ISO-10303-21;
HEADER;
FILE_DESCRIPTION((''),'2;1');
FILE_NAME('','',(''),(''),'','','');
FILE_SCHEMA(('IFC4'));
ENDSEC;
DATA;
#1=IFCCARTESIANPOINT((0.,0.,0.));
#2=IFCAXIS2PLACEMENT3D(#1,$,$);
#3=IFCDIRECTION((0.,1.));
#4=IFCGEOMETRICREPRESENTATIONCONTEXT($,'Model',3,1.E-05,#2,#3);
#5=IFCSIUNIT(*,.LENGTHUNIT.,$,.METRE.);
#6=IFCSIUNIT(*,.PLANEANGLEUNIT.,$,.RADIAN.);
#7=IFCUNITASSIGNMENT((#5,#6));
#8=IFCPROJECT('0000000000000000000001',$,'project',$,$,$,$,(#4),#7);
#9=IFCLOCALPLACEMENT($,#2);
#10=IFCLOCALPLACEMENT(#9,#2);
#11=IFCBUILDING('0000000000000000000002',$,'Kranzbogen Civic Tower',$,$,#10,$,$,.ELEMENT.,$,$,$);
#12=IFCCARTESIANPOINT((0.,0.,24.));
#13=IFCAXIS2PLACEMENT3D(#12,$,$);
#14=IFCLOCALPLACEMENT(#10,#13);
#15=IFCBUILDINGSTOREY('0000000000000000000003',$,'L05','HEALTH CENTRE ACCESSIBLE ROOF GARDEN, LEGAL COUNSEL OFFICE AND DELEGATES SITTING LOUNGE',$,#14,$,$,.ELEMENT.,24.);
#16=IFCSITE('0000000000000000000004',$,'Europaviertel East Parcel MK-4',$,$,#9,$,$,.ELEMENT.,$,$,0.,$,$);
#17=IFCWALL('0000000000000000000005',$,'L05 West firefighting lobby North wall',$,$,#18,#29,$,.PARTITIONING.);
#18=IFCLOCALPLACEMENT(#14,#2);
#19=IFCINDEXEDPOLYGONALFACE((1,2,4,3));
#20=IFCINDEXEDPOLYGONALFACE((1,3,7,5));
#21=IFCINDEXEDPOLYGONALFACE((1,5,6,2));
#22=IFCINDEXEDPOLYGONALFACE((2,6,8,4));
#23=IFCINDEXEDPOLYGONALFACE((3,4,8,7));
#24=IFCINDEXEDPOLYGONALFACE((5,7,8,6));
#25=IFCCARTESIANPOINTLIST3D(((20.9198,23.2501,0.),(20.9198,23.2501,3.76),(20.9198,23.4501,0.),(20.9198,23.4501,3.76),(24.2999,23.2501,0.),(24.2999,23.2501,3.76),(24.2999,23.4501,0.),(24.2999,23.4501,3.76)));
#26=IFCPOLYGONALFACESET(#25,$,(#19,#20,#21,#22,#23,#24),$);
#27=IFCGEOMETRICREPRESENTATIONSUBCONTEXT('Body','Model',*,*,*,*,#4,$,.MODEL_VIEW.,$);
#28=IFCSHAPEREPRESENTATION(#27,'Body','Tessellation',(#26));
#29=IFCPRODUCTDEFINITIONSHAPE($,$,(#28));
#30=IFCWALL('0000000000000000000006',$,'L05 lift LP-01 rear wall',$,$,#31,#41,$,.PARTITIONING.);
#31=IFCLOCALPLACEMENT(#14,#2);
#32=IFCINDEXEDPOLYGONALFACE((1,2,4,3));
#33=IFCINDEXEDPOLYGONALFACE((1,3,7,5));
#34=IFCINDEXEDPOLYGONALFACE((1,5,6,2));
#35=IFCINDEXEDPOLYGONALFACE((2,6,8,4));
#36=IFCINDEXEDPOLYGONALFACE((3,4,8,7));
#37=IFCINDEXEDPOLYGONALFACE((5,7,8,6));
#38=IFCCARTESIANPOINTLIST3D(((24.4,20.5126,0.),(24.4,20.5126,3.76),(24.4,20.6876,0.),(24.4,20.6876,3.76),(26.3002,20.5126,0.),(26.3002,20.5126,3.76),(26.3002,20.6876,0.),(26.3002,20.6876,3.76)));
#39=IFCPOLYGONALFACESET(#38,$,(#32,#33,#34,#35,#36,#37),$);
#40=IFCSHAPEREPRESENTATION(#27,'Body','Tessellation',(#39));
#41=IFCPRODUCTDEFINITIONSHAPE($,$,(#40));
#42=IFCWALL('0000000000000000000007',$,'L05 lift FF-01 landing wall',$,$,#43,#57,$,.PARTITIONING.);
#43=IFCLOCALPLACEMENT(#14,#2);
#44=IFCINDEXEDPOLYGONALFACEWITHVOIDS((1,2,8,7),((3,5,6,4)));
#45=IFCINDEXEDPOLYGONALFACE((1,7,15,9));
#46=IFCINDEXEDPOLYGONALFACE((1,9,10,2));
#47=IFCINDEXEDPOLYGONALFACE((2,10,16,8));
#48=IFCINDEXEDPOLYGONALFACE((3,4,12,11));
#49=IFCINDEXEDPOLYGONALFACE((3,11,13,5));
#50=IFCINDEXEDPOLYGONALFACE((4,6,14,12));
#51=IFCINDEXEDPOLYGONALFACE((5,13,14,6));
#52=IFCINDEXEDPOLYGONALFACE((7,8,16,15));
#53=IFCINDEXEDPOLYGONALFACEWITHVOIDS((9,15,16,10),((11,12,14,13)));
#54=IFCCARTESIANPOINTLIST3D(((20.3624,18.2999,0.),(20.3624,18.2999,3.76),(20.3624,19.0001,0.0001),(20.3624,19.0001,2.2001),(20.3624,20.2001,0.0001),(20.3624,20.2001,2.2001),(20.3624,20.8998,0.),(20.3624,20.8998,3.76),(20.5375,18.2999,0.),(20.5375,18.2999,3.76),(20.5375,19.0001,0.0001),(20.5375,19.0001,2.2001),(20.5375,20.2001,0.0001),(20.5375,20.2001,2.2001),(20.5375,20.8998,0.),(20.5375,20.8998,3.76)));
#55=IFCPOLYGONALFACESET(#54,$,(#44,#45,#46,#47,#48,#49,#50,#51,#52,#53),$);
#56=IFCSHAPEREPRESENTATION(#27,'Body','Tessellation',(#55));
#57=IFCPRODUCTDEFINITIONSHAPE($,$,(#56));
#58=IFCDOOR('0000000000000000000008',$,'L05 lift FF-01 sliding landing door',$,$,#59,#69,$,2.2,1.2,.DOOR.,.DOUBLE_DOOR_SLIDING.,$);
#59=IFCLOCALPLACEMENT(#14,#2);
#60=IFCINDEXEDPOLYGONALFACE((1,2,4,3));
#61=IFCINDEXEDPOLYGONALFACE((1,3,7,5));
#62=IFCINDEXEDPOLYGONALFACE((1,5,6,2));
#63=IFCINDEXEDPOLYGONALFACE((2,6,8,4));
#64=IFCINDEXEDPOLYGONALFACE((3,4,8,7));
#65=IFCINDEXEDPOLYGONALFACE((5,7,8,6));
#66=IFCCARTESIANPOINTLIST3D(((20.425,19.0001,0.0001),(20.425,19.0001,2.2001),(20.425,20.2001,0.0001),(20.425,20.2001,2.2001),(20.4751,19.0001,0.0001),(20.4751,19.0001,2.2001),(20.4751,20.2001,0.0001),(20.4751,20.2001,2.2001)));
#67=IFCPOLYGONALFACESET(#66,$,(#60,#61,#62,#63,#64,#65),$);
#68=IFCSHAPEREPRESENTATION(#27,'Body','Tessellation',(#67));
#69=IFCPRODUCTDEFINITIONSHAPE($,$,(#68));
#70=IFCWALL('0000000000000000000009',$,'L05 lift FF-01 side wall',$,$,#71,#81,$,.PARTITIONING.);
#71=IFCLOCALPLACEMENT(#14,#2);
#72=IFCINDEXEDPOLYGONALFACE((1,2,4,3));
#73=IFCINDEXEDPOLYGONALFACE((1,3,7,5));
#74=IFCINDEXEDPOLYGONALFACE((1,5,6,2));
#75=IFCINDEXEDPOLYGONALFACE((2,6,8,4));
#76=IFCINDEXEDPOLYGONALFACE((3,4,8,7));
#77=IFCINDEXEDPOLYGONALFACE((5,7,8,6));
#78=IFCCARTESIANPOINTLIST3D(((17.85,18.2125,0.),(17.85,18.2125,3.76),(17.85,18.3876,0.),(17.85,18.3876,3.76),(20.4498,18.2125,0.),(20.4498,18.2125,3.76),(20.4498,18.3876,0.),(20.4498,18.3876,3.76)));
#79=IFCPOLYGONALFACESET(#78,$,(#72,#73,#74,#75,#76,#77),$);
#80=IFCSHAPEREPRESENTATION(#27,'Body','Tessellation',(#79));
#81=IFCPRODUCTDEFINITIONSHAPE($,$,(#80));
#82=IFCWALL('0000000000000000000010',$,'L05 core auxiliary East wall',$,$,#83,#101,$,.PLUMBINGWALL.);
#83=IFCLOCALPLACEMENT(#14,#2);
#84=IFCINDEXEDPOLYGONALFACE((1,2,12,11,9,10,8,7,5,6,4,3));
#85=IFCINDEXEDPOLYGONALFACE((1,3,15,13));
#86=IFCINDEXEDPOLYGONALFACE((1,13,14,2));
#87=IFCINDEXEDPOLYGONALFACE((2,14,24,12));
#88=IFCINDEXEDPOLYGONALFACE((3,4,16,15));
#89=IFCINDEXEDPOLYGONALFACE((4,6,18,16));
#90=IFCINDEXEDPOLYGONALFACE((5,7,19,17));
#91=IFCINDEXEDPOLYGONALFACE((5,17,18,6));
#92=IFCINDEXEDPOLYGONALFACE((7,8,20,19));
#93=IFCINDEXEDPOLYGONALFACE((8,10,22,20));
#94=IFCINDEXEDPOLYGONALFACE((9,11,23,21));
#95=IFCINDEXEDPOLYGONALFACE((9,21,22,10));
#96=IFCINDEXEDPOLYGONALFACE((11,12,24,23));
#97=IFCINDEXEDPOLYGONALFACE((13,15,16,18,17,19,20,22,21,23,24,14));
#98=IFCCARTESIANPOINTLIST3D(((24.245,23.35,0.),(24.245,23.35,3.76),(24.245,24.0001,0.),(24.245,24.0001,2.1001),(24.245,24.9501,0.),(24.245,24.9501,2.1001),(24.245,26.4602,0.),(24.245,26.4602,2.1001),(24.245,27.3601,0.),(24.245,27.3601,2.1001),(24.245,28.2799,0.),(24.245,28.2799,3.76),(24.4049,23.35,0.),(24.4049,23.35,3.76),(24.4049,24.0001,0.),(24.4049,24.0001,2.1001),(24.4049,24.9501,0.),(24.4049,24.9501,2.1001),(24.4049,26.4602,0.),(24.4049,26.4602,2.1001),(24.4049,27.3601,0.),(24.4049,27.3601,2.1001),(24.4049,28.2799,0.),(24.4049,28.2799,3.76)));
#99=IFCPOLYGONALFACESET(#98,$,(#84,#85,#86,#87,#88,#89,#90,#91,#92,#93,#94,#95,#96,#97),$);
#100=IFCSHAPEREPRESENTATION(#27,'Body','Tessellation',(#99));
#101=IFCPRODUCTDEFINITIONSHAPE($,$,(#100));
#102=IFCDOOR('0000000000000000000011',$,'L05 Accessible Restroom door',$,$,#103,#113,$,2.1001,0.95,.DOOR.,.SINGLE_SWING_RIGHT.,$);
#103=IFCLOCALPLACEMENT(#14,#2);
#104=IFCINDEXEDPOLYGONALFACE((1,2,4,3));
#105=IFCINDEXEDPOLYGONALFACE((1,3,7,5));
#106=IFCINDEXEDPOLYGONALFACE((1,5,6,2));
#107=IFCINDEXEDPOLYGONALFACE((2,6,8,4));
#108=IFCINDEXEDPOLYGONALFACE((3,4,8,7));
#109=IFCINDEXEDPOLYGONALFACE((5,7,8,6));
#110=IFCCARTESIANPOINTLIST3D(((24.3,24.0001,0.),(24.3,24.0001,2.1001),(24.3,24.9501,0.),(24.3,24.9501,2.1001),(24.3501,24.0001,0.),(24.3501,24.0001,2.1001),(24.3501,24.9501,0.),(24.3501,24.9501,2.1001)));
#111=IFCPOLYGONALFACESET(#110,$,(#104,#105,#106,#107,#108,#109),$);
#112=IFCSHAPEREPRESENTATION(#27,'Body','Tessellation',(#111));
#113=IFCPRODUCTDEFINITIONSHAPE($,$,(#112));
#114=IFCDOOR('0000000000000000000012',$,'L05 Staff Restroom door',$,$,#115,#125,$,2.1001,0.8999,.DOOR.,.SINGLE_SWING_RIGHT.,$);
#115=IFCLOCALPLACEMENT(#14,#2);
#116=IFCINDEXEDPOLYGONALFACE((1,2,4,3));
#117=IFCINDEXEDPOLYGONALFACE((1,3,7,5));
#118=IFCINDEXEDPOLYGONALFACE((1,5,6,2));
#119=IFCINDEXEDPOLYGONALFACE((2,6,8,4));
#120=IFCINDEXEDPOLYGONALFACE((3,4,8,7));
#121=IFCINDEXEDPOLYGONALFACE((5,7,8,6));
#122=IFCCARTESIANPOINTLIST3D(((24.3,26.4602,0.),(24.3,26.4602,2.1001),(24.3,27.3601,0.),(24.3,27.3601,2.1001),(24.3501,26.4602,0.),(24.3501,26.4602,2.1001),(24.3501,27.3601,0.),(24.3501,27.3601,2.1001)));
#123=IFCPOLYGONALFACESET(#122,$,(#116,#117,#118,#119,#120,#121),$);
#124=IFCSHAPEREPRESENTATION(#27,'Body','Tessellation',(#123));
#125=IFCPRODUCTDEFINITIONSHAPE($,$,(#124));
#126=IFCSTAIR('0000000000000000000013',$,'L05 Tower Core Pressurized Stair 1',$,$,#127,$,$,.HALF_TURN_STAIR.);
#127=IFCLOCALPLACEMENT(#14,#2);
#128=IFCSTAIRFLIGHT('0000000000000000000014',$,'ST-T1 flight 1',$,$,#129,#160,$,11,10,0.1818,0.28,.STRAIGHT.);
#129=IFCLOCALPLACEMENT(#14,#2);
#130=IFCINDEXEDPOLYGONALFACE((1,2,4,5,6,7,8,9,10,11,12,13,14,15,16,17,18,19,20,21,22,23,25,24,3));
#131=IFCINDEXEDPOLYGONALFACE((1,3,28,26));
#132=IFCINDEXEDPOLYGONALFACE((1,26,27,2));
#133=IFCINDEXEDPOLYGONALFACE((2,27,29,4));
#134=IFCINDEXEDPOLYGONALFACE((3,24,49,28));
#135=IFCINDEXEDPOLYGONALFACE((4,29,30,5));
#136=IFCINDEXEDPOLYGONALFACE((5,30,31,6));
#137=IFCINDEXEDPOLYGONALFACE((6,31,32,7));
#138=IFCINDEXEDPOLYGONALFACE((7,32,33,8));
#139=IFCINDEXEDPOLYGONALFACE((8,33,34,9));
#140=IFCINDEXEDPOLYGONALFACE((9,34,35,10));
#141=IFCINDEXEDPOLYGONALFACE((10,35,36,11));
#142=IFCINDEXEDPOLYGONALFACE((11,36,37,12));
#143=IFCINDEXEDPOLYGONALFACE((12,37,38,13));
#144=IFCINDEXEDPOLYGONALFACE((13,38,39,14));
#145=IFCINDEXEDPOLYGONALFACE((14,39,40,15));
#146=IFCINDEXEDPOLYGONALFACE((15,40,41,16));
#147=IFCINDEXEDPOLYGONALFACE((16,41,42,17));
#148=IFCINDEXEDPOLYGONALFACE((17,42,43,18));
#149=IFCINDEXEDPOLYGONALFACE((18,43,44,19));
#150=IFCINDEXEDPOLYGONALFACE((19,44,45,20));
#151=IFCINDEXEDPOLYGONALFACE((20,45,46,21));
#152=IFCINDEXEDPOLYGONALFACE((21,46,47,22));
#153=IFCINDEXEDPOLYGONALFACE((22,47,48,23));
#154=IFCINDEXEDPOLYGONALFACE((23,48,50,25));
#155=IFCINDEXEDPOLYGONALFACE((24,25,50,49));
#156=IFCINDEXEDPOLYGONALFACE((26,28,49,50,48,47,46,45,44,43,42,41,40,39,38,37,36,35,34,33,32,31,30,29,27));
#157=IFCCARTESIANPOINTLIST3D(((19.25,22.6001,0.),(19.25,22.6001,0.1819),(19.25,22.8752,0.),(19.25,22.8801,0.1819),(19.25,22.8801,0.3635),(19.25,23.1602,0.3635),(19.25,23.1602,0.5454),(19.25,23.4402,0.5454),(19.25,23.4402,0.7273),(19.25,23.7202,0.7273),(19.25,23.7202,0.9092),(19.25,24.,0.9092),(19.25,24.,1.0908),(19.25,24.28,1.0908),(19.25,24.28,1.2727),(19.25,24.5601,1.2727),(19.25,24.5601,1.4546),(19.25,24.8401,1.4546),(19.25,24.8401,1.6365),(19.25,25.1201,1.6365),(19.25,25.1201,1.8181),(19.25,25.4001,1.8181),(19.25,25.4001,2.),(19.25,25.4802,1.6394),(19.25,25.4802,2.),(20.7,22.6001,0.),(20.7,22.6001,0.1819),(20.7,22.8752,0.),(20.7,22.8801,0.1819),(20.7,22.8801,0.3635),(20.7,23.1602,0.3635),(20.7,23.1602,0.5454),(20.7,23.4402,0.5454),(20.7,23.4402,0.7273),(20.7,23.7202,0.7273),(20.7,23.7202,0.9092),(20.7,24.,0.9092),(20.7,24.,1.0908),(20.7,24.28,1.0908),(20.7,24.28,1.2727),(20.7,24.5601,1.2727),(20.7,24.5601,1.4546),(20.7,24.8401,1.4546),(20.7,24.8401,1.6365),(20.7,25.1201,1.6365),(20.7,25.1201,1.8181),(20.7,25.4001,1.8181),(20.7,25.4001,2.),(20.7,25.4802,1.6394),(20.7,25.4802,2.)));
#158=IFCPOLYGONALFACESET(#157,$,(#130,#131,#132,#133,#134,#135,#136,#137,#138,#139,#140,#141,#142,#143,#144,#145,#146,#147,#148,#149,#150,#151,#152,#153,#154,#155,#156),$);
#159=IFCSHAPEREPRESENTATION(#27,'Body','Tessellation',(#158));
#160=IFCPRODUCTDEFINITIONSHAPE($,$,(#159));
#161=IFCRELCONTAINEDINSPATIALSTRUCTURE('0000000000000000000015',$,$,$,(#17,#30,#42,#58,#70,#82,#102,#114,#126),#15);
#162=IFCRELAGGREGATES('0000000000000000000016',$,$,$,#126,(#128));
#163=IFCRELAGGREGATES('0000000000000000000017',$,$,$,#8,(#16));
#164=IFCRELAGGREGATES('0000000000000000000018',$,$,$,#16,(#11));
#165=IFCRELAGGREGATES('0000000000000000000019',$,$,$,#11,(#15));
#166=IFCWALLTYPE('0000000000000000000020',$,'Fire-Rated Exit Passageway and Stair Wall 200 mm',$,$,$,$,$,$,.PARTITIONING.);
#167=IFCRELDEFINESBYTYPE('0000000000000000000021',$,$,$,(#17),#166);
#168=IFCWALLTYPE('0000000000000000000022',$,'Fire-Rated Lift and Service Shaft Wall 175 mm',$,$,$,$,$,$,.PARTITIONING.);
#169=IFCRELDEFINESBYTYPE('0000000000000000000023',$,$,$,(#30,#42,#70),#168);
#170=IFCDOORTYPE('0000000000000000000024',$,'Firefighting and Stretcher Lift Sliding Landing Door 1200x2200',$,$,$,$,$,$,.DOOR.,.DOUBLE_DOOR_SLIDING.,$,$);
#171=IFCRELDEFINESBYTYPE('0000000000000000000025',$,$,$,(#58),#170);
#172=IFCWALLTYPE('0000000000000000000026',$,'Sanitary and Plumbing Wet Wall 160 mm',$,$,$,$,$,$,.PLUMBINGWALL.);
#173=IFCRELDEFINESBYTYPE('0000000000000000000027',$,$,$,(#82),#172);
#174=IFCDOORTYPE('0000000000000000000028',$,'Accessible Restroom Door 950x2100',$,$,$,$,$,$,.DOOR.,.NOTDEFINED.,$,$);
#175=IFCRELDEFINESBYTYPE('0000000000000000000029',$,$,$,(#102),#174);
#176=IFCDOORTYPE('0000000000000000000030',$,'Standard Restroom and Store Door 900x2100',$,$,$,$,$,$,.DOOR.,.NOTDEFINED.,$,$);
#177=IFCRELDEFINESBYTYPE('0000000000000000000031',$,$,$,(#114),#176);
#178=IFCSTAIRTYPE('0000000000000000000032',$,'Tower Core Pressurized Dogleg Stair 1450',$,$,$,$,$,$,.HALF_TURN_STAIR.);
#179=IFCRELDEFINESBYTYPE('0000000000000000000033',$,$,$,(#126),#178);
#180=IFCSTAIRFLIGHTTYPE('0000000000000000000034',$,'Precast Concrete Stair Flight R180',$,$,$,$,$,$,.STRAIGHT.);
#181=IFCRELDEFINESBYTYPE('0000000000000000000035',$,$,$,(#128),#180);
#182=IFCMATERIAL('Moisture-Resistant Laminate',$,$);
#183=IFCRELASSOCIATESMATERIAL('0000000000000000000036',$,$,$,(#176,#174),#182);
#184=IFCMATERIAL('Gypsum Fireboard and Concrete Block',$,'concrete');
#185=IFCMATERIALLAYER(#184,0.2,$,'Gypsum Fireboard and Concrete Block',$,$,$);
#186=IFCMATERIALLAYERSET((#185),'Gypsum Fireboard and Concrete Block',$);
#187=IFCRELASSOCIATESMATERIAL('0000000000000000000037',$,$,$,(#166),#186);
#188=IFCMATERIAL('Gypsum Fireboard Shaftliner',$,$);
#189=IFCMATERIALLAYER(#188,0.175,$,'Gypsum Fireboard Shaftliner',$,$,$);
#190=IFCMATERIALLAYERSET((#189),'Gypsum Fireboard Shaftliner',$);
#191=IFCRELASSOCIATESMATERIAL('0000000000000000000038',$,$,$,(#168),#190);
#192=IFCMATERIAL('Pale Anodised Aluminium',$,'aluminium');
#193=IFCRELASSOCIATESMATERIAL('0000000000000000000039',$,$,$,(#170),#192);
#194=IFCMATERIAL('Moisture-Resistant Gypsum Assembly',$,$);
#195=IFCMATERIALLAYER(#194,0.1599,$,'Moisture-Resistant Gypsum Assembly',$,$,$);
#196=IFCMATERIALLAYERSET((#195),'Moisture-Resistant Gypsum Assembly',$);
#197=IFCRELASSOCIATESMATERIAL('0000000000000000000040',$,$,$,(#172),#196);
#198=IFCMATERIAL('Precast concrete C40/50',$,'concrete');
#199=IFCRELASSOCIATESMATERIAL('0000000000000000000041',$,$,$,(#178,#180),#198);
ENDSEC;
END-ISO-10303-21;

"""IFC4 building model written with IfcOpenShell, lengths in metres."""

from ifc_helpers import new_model, si_unit, direction, frame, frame_2d, origin, place, context, subcontext, project, spatial, polyline, rectangle, outline, extrude, material, layer, layer_set, type_object, element, fill, aggregate, save


model = new_model("IFC4")

# Units and contexts
model_context = context("Model", 3, precision=1e-05, world=origin(), true_north=direction((0.0, 1.0)))
body_context = subcontext(model_context, "Body", "Model", "MODEL_VIEW")
ifc_project = project(units=[si_unit("LENGTHUNIT", "METRE"), si_unit("PLANEANGLEUNIT", "RADIAN")], contexts=[model_context])

# Site, building, storey
site_placement = place(None, origin())
site = spatial("IfcSite", under=ifc_project, at=site_placement, Name="Europaviertel East Parcel MK-4", CompositionType="ELEMENT", RefElevation=0.0)
building_placement = place(site_placement, origin())
building = spatial("IfcBuilding", under=site, at=building_placement, Name="Kranzbogen Civic Tower", CompositionType="ELEMENT")
storey_placement = place(building_placement, frame((0.0, 0.0, 24.0)))
storey = spatial("IfcBuildingStorey", under=building, at=storey_placement, Name="L05", Description="HEALTH CENTRE ACCESSIBLE ROOF GARDEN, LEGAL COUNSEL OFFICE AND DELEGATES SITTING LOUNGE", CompositionType="ELEMENT", Elevation=24.0)

# Shared definitions
ifc_material_1 = material(Name="Pale Anodised Aluminium", Category="aluminium")
ifc_material_2 = material(Name="Moisture-Resistant Laminate")
door_type_1 = type_object("IfcDoorType", Name="Standard Restroom and Store Door 900x2100", OperationType="NOTDEFINED", PredefinedType="DOOR", material=ifc_material_2)

# Walls
ifc_material_3 = material(Name="Gypsum Fireboard and Concrete Block", Category="concrete")
ifc_layer_1 = layer(ifc_material_3, 0.2, Name="Gypsum Fireboard and Concrete Block")
ifc_layer_set_1 = layer_set([ifc_layer_1], Name="Gypsum Fireboard and Concrete Block")
wall_type_1 = type_object("IfcWallType", Name="Fire-Rated Exit Passageway and Stair Wall 200 mm", PredefinedType="PARTITIONING", material=ifc_layer_set_1)
wall_1_placement = place(storey_placement, frame((20.9199, 23.3501, 0.0), z_axis=(0.0, 0.0, 1.0), x_axis=(1.0, 0.0, 0.0)))
element("IfcWall", 1, at=wall_1_placement, inside=storey, type_object=wall_type_1, Name="L05 West firefighting lobby North wall", PredefinedType="PARTITIONING", context=body_context, shape_type="SweptSolid", body=[
    extrude(rectangle(XDim=3.3801, YDim=0.2, at=frame_2d((1.6899, 0.0))), origin(), (0.0, 0.0, 1.0), 3.76),
])
ifc_material_4 = material(Name="Gypsum Fireboard Shaftliner")
ifc_layer_2 = layer(ifc_material_4, 0.175, Name="Gypsum Fireboard Shaftliner")
ifc_layer_set_2 = layer_set([ifc_layer_2], Name="Gypsum Fireboard Shaftliner")
wall_type_2 = type_object("IfcWallType", Name="Fire-Rated Lift and Service Shaft Wall 175 mm", PredefinedType="PARTITIONING", material=ifc_layer_set_2)
wall_2_placement = place(storey_placement, frame((24.3999, 20.6001, 0.0), z_axis=(0.0, 0.0, 1.0), x_axis=(1.0, 0.0, 0.0)))
element("IfcWall", 2, at=wall_2_placement, inside=storey, type_object=wall_type_2, Name="L05 lift LP-01 rear wall", PredefinedType="PARTITIONING", context=body_context, shape_type="SweptSolid", body=[
    extrude(rectangle(XDim=1.9001, YDim=0.175, at=frame_2d((0.9502, 0.0))), origin(), (0.0, 0.0, 1.0), 3.76),
])

# Wall, opening, door
wall_3_placement = place(storey_placement, frame((20.45, 18.3, 0.0), z_axis=(0.0, 0.0, 1.0), x_axis=(0.0, 1.0, 0.0)))
wall_3 = element("IfcWall", 3, at=wall_3_placement, inside=storey, type_object=wall_type_2, Name="L05 lift FF-01 landing wall", PredefinedType="PARTITIONING", context=body_context, shape_type="SweptSolid", body=[
    extrude(rectangle(XDim=2.5999, YDim=0.175, at=frame_2d((1.2998, 0.0))), origin(), (0.0, 0.0, 1.0), 3.76),
])
opening_1_placement = place(wall_3_placement, frame((0.7, 0.0, 0.0)))
opening_1 = element("IfcOpeningElement", 4, at=opening_1_placement, cuts=wall_3, PredefinedType="OPENING", context=body_context, shape_type="SweptSolid", body=[
    extrude(rectangle(XDim=1.2, YDim=2.2, at=frame_2d((0.6001, 1.1001))), frame((0.0, 0.0977, 0.0), z_axis=(0.0, -1.0, 0.0), x_axis=(1.0, 0.0, 0.0)), (0.0, 0.0, 1.0), 0.1951),
])
door_type_2 = type_object("IfcDoorType", Name="Firefighting and Stretcher Lift Sliding Landing Door 1200x2200", OperationType="DOUBLE_DOOR_SLIDING", PredefinedType="DOOR", material=ifc_material_1)
door_1_placement = place(opening_1_placement, origin())
door_1 = element("IfcDoor", 5, at=door_1_placement, inside=storey, type_object=door_type_2, Name="L05 lift FF-01 sliding landing door", OperationType="DOUBLE_DOOR_SLIDING", OverallHeight=2.2, OverallWidth=1.2, PredefinedType="DOOR", context=body_context, shape_type="SweptSolid", body=[
    extrude(rectangle(XDim=1.2, YDim=2.2, at=frame_2d((0.6001, 1.1001))), frame((0.0, 0.0249, 0.0), z_axis=(0.0, -1.0, 0.0), x_axis=(1.0, 0.0, 0.0)), (0.0, 0.0, 1.0), 0.05),
])
fill(opening_1, door_1)

# Wall
wall_4_placement = place(storey_placement, frame((17.8501, 18.3, 0.0), z_axis=(0.0, 0.0, 1.0), x_axis=(1.0, 0.0, 0.0)))
element("IfcWall", 6, at=wall_4_placement, inside=storey, type_object=wall_type_2, Name="L05 lift FF-01 side wall", PredefinedType="PARTITIONING", context=body_context, shape_type="SweptSolid", body=[
    extrude(rectangle(XDim=2.5999, YDim=0.175, at=frame_2d((1.2998, 0.0))), origin(), (0.0, 0.0, 1.0), 3.76),
])

# Wall, openings, doors
ifc_material_5 = material(Name="Moisture-Resistant Gypsum Assembly")
ifc_layer_3 = layer(ifc_material_5, 0.1599, Name="Moisture-Resistant Gypsum Assembly")
ifc_layer_set_3 = layer_set([ifc_layer_3], Name="Moisture-Resistant Gypsum Assembly")
wall_type_3 = type_object("IfcWallType", Name="Sanitary and Plumbing Wet Wall 160 mm", PredefinedType="PLUMBINGWALL", material=ifc_layer_set_3)
wall_5_placement = place(storey_placement, frame((24.325, 23.3501, 0.0), z_axis=(0.0, 0.0, 1.0), x_axis=(0.0, 1.0, 0.0)))
wall_5 = element("IfcWall", 7, at=wall_5_placement, inside=storey, type_object=wall_type_3, Name="L05 core auxiliary East wall", PredefinedType="PLUMBINGWALL", context=body_context, shape_type="SweptSolid", body=[
    extrude(rectangle(XDim=4.9299, YDim=0.1599, at=frame_2d((2.4648, 0.0))), origin(), (0.0, 0.0, 1.0), 3.76),
])
opening_2_placement = place(wall_5_placement, frame((0.6499, 0.0, 0.0)))
opening_2 = element("IfcOpeningElement", 8, at=opening_2_placement, cuts=wall_5, PredefinedType="OPENING", context=body_context, shape_type="SweptSolid", body=[
    extrude(rectangle(XDim=0.95, YDim=2.1001, at=frame_2d((0.4751, 1.05))), frame((0.0, 0.0898, 0.0), z_axis=(0.0, -1.0, 0.0), x_axis=(1.0, 0.0, 0.0)), (0.0, 0.0, 1.0), 0.1799),
])
opening_3_placement = place(wall_5_placement, frame((3.1101, 0.0, 0.0)))
opening_3 = element("IfcOpeningElement", 9, at=opening_3_placement, cuts=wall_5, PredefinedType="OPENING", context=body_context, shape_type="SweptSolid", body=[
    extrude(rectangle(XDim=0.8999, YDim=2.1001, at=frame_2d((0.45, 1.05))), frame((0.0, 0.0898, 0.0), z_axis=(0.0, -1.0, 0.0), x_axis=(1.0, 0.0, 0.0)), (0.0, 0.0, 1.0), 0.1799),
])
door_type_3 = type_object("IfcDoorType", Name="Accessible Restroom Door 950x2100", OperationType="NOTDEFINED", PredefinedType="DOOR", material=ifc_material_2)
door_2_placement = place(opening_2_placement, origin())
door_2 = element("IfcDoor", 10, at=door_2_placement, inside=storey, type_object=door_type_3, Name="L05 Accessible Restroom door", OperationType="SINGLE_SWING_RIGHT", OverallHeight=2.1001, OverallWidth=0.95, PredefinedType="DOOR", context=body_context, shape_type="SweptSolid", body=[
    extrude(rectangle(XDim=0.95, YDim=2.1001, at=frame_2d((0.4751, 1.05))), frame((0.0, 0.0249, 0.0), z_axis=(0.0, -1.0, 0.0), x_axis=(1.0, 0.0, 0.0)), (0.0, 0.0, 1.0), 0.05),
])
fill(opening_2, door_2)
door_3_placement = place(opening_3_placement, origin())
door_3 = element("IfcDoor", 11, at=door_3_placement, inside=storey, type_object=door_type_1, Name="L05 Staff Restroom door", OperationType="SINGLE_SWING_RIGHT", OverallHeight=2.1001, OverallWidth=0.8999, PredefinedType="DOOR", context=body_context, shape_type="SweptSolid", body=[
    extrude(rectangle(XDim=0.8999, YDim=2.1001, at=frame_2d((0.45, 1.05))), frame((0.0, 0.0249, 0.0), z_axis=(0.0, -1.0, 0.0), x_axis=(1.0, 0.0, 0.0)), (0.0, 0.0, 1.0), 0.05),
])
fill(opening_3, door_3)

# Stair, stair flight
ifc_material_6 = material(Name="Precast concrete C40/50", Category="concrete")
stair_type = type_object("IfcStairType", Name="Tower Core Pressurized Dogleg Stair 1450", PredefinedType="HALF_TURN_STAIR", material=ifc_material_6)
stair_placement = place(storey_placement, origin())
stair = element("IfcStair", 12, at=stair_placement, inside=storey, type_object=stair_type, Name="L05 Tower Core Pressurized Stair 1", PredefinedType="HALF_TURN_STAIR")
stair_flight_type = type_object("IfcStairFlightType", Name="Precast Concrete Stair Flight R180", PredefinedType="STRAIGHT", material=ifc_material_6)
stair_flight_placement = place(storey_placement, frame((19.9751, 22.6001, 0.0), z_axis=(0.0, 0.0, 1.0), x_axis=(0.0, 1.0, 0.0)))
stair_flight = element("IfcStairFlight", 13, at=stair_flight_placement, type_object=stair_flight_type, Name="ST-T1 flight 1", NumberOfRisers=11, NumberOfTreads=10, PredefinedType="STRAIGHT", RiserHeight=0.1818, TreadLength=0.28, context=body_context, shape_type="SweptSolid", body=[
    extrude(outline(polyline([(0.0, 0.0), (0.0, 0.1819), (0.28, 0.1819), (0.28, 0.3635), (0.5601, 0.3635), (0.5601, 0.5454), (0.8401, 0.5454), (0.8401, 0.7273), (1.1201, 0.7273), (1.1201, 0.9092), (1.3999, 0.9092), (1.3999, 1.0908), (1.6799, 1.0908), (1.6799, 1.2727), (1.96, 1.2727), (1.96, 1.4546), (2.24, 1.4546), (2.24, 1.6365), (2.52, 1.6365), (2.52, 1.8181), (2.8, 1.8181), (2.8, 2.0), (2.8801, 2.0), (2.8801, 1.6394), (0.2751, 0.0), (0.0, 0.0)])), frame((0.0, 0.7251, 0.0), z_axis=(0.0, -1.0, 0.0), x_axis=(1.0, 0.0, 0.0)), (0.0, 0.0, 1.0), 1.45),
])
aggregate(stair, [stair_flight])

save(model, "model.ifc")
